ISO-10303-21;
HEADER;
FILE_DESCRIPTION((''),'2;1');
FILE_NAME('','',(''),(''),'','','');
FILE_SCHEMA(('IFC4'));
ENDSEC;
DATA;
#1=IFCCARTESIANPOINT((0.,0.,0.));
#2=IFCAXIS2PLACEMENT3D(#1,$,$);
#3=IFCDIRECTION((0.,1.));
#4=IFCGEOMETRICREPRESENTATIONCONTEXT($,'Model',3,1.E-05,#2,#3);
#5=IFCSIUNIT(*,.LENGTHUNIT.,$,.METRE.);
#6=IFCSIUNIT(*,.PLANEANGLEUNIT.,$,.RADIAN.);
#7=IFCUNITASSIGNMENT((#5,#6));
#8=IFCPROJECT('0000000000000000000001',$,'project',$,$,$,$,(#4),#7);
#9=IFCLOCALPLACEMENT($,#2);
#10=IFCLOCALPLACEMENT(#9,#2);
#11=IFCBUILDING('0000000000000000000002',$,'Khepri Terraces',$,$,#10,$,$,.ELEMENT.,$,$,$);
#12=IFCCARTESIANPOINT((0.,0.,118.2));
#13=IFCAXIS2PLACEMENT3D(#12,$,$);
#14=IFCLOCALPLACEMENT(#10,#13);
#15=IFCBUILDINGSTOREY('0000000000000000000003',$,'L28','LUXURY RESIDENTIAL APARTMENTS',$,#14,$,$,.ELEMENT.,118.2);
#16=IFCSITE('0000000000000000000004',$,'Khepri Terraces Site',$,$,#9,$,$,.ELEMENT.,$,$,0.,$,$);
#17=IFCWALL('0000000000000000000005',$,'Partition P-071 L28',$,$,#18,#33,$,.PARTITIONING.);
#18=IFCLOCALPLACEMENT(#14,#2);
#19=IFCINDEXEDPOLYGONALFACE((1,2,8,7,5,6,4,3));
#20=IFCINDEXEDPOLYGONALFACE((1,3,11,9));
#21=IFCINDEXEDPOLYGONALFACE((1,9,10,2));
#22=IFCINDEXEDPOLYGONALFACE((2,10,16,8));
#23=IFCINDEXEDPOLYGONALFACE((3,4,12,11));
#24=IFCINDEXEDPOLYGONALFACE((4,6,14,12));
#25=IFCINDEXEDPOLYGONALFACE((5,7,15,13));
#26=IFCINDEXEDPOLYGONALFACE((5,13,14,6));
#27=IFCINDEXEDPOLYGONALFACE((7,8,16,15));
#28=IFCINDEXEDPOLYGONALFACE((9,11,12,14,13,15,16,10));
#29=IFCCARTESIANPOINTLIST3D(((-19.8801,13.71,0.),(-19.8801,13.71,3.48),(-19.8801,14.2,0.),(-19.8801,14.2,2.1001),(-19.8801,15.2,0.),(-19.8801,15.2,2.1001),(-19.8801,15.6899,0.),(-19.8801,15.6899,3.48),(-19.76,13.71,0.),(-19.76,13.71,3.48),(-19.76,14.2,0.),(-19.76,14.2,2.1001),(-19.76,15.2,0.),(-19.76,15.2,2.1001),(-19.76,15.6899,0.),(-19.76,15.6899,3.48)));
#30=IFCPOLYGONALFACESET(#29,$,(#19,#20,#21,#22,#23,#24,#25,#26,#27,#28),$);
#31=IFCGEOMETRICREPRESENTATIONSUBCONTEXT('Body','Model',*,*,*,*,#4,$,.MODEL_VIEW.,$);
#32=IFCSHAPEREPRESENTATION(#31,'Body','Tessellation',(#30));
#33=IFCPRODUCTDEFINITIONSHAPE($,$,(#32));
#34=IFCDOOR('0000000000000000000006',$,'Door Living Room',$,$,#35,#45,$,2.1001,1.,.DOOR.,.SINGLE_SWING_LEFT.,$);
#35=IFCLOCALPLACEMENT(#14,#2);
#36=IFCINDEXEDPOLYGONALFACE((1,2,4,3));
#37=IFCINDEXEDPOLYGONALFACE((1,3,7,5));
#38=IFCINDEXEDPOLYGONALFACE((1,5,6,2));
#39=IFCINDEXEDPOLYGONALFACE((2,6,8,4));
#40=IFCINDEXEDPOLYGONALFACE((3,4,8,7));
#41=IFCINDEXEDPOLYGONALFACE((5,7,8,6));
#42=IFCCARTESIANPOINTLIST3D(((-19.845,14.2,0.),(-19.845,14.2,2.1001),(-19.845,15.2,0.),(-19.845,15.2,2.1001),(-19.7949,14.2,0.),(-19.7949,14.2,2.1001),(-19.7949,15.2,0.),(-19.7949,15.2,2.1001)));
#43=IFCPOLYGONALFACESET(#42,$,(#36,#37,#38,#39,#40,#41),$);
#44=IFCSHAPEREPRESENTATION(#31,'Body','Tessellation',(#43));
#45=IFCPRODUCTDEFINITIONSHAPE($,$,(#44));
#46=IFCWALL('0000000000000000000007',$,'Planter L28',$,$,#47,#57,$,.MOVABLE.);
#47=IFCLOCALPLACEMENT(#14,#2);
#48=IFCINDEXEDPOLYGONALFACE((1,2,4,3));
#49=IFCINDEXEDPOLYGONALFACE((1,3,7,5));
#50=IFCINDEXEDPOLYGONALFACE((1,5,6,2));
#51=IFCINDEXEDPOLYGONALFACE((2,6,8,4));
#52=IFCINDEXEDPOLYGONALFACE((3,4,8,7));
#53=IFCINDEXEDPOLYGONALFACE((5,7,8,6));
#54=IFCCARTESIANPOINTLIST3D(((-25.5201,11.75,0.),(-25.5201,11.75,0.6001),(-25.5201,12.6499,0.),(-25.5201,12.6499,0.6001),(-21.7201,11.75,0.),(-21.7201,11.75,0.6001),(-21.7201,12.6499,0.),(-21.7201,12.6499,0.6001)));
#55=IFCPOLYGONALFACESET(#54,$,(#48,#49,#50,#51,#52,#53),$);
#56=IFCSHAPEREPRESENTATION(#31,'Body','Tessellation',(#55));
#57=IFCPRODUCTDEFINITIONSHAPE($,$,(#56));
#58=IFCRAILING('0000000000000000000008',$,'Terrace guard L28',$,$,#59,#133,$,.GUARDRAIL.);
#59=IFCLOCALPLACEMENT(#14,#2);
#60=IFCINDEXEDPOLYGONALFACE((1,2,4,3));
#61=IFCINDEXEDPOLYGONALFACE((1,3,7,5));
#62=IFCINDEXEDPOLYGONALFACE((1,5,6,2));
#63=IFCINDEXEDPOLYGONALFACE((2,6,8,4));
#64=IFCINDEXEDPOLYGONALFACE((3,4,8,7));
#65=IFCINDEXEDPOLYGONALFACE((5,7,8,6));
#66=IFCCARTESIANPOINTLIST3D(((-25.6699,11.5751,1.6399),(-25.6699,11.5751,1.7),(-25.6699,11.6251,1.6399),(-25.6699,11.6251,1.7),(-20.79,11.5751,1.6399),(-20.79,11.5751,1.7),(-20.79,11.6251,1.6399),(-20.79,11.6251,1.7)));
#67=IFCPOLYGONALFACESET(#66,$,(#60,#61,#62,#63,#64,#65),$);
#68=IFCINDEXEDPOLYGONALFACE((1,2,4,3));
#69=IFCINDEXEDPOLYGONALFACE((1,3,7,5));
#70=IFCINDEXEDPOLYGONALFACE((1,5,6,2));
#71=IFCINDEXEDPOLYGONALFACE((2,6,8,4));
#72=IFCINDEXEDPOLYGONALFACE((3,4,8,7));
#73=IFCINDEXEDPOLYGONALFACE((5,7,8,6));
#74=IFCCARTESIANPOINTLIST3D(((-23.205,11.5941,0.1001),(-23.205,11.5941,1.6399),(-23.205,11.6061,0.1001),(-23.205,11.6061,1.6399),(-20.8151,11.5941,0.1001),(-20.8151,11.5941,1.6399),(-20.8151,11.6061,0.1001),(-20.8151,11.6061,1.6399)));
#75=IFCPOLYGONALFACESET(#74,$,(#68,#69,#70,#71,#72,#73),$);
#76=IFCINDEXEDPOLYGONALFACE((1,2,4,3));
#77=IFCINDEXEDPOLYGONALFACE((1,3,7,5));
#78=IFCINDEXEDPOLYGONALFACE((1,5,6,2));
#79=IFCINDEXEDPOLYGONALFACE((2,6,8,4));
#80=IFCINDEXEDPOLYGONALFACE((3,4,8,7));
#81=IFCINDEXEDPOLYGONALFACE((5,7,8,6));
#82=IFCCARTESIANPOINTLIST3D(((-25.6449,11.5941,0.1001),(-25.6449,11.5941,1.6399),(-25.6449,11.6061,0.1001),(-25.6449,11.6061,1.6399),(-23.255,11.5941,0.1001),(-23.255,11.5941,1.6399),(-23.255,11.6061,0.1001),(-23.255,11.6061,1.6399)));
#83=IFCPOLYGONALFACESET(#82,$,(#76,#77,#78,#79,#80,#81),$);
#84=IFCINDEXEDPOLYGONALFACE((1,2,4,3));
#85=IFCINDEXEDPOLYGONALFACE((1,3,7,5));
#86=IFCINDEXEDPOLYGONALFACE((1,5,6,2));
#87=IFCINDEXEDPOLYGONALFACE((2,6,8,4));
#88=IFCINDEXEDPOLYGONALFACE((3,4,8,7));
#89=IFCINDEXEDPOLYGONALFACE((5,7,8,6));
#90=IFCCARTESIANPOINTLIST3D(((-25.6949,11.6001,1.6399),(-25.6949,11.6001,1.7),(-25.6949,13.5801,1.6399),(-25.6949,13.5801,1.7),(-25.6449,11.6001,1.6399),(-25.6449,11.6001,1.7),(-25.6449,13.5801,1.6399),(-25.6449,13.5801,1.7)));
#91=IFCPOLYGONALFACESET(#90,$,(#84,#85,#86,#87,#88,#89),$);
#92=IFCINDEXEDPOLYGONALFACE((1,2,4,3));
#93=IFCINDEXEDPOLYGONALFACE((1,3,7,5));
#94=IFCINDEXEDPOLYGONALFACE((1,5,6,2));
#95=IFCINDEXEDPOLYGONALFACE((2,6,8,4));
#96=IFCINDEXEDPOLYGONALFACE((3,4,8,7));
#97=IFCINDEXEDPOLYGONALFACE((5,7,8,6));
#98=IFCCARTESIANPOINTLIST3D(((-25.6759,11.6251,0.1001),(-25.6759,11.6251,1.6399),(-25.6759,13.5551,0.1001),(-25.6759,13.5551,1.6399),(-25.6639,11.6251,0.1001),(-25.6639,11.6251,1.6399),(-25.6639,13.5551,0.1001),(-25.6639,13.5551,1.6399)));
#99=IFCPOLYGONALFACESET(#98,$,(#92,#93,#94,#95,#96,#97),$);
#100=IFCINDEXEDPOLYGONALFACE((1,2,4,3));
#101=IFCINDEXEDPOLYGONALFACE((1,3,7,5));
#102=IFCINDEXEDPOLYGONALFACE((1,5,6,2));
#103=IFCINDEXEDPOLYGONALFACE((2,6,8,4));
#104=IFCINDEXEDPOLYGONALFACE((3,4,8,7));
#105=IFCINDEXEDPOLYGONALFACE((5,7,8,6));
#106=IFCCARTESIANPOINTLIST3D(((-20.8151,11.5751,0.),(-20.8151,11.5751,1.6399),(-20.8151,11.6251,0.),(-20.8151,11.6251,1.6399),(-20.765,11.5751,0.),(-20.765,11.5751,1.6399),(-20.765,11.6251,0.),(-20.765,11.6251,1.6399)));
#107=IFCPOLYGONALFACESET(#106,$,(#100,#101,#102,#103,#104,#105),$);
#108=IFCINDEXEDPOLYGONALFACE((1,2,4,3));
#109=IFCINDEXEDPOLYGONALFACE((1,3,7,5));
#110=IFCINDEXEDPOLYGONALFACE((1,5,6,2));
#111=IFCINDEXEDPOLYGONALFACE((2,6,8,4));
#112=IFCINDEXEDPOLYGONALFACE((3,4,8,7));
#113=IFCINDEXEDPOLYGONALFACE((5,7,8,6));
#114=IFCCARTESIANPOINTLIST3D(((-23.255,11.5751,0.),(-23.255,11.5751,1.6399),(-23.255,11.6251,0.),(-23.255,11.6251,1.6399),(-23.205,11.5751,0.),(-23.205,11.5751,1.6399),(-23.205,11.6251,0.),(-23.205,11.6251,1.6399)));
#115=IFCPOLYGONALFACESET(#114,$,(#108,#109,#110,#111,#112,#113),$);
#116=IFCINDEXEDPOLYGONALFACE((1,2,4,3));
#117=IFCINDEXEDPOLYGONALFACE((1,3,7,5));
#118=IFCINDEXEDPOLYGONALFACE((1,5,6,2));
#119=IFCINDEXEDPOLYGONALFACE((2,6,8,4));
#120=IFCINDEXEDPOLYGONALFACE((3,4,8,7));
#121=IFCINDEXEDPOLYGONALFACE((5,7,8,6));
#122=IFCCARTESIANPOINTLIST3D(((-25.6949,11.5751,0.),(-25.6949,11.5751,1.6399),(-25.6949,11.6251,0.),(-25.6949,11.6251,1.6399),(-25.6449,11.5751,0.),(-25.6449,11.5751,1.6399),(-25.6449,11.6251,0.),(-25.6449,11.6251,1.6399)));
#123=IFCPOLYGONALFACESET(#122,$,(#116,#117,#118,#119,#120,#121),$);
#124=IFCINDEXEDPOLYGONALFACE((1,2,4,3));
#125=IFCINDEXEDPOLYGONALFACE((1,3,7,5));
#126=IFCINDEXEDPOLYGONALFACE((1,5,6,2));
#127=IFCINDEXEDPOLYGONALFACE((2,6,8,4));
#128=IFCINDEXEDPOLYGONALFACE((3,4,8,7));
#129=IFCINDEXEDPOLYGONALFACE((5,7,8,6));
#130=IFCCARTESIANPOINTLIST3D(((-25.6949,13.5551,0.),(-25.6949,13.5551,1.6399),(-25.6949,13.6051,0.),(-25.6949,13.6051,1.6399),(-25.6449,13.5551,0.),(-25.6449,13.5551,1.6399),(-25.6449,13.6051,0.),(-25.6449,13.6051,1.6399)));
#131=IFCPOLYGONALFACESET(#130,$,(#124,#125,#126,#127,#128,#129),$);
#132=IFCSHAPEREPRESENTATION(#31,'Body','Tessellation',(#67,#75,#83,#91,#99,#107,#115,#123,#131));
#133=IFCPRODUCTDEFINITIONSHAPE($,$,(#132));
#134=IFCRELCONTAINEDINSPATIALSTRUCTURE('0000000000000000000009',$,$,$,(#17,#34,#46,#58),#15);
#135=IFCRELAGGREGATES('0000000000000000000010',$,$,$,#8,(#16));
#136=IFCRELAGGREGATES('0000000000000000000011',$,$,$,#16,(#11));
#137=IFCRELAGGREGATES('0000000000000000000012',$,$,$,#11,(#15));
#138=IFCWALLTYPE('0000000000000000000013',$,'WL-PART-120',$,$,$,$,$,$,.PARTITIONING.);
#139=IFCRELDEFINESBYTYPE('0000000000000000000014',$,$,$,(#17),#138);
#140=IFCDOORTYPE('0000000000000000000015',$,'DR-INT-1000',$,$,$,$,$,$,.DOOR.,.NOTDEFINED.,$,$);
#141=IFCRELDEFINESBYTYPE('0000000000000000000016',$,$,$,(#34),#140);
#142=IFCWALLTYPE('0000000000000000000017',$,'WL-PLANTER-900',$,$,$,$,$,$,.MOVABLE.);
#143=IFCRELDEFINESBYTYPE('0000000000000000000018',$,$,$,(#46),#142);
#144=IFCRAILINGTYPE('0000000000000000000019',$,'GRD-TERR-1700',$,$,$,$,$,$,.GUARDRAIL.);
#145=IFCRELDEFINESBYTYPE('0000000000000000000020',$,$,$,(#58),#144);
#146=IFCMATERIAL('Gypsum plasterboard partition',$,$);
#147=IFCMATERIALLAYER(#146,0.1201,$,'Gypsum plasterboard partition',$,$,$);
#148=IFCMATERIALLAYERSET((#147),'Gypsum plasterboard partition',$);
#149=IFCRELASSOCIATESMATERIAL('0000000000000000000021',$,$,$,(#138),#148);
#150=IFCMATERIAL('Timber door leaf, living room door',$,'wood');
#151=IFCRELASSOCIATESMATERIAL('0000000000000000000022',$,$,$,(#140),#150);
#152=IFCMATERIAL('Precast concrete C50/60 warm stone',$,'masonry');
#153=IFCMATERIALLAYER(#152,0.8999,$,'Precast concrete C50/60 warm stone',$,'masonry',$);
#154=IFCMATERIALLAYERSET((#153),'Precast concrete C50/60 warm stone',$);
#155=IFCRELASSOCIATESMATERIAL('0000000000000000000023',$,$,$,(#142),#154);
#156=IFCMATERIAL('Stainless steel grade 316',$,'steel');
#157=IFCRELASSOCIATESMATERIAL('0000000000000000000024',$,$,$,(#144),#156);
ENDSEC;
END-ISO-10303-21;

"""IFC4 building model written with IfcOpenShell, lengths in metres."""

from ifc_helpers import new_model, si_unit, direction, frame, frame_2d, origin, origin_2d, place, context, subcontext, project, spatial, rectangle, extrude, material, layer, layer_set, type_object, element, fill, save


model = new_model("IFC4")

# Units and contexts
model_context = context("Model", 3, precision=1e-05, world=origin(), true_north=direction((0.0, 1.0)))
body_context = subcontext(model_context, "Body", "Model", "MODEL_VIEW")
ifc_project = project(units=[si_unit("LENGTHUNIT", "METRE"), si_unit("PLANEANGLEUNIT", "RADIAN")], contexts=[model_context])

# Site, building, storey
site_placement = place(None, origin())
site = spatial("IfcSite", under=ifc_project, at=site_placement, Name="Khepri Terraces Site", CompositionType="ELEMENT", RefElevation=0.0)
building_placement = place(site_placement, origin())
building = spatial("IfcBuilding", under=site, at=building_placement, Name="Khepri Terraces", CompositionType="ELEMENT")
storey_placement = place(building_placement, frame((0.0, 0.0, 118.2)))
storey = spatial("IfcBuildingStorey", under=building, at=storey_placement, Name="L28", Description="LUXURY RESIDENTIAL APARTMENTS", CompositionType="ELEMENT", Elevation=118.2)

# Shared definitions
ifc_material_1 = material(Name="Precast concrete C50/60 warm stone", Category="masonry")

# Shared definitions
ifc_material_2 = material(Name="Gypsum plasterboard partition")
ifc_layer_1 = layer(ifc_material_2, 0.1201, Name="Gypsum plasterboard partition")
ifc_layer_set_1 = layer_set([ifc_layer_1], Name="Gypsum plasterboard partition")
wall_type_1 = type_object("IfcWallType", Name="WL-PART-120", PredefinedType="PARTITIONING", material=ifc_layer_set_1)

# Wall, opening, door
wall_1_placement = place(storey_placement, frame((-19.8201, 13.71, 0.0), z_axis=(0.0, 0.0, 1.0), x_axis=(0.0, 1.0, 0.0)))
wall_1 = element("IfcWall", 1, at=wall_1_placement, inside=storey, type_object=wall_type_1, Name="Partition P-071 L28", PredefinedType="PARTITIONING", context=body_context, shape_type="SweptSolid", body=[
    extrude(rectangle(XDim=1.98, YDim=0.1201, at=frame_2d((0.99, 0.0))), origin(), (0.0, 0.0, 1.0), 3.48),
])
opening_1_placement = place(wall_1_placement, frame((0.49, 0.0, 0.0)))
opening_1 = element("IfcOpeningElement", 2, at=opening_1_placement, cuts=wall_1, PredefinedType="OPENING", context=body_context, shape_type="SweptSolid", body=[
    extrude(rectangle(XDim=1.0, YDim=2.1001, at=frame_2d((0.5, 1.05))), frame((0.0, 0.0701, 0.0), z_axis=(0.0, -1.0, 0.0), x_axis=(1.0, 0.0, 0.0)), (0.0, 0.0, 1.0), 0.1401),
])
ifc_material_3 = material(Name="Timber door leaf, living room door", Category="wood")
door_type_1 = type_object("IfcDoorType", Name="DR-INT-1000", OperationType="NOTDEFINED", PredefinedType="DOOR", material=ifc_material_3)
door_1_placement = place(opening_1_placement, origin())
door_1 = element("IfcDoor", 3, at=door_1_placement, inside=storey, type_object=door_type_1, Name="Door Living Room", OperationType="SINGLE_SWING_LEFT", OverallHeight=2.1001, OverallWidth=1.0, PredefinedType="DOOR", context=body_context, shape_type="SweptSolid", body=[
    extrude(rectangle(XDim=1.0, YDim=2.1001, at=frame_2d((0.5, 1.05))), frame((0.0, 0.0249, 0.0), z_axis=(0.0, -1.0, 0.0), x_axis=(1.0, 0.0, 0.0)), (0.0, 0.0, 1.0), 0.05),
])
fill(opening_1, door_1)

# Wall
ifc_layer_2 = layer(ifc_material_1, 0.8999, Name="Precast concrete C50/60 warm stone", Category="masonry")
ifc_layer_set_2 = layer_set([ifc_layer_2], Name="Precast concrete C50/60 warm stone")
wall_type_2 = type_object("IfcWallType", Name="WL-PLANTER-900", PredefinedType="MOVABLE", material=ifc_layer_set_2)
wall_2_placement = place(storey_placement, frame((-25.52, 12.2, 0.0), z_axis=(0.0, 0.0, 1.0), x_axis=(1.0, 0.0, 0.0)))
element("IfcWall", 4, at=wall_2_placement, inside=storey, type_object=wall_type_2, Name="Planter L28", PredefinedType="MOVABLE", context=body_context, shape_type="SweptSolid", body=[
    extrude(rectangle(XDim=3.8, YDim=0.8999, at=frame_2d((1.8999, 0.0))), origin(), (0.0, 0.0, 1.0), 0.6001),
])

# Railing
ifc_material_4 = material(Name="Stainless steel grade 316", Category="steel")
railing_type = type_object("IfcRailingType", Name="GRD-TERR-1700", PredefinedType="GUARDRAIL", material=ifc_material_4)
railing_placement = place(storey_placement, frame((-20.79, 11.6001, 0.0)))
element("IfcRailing", 5, at=railing_placement, inside=storey, type_object=railing_type, Name="Terrace guard L28", PredefinedType="GUARDRAIL", context=body_context, shape_type="SweptSolid", body=[
    extrude(rectangle(XDim=0.05, YDim=0.0601, at=origin_2d()), frame((0.0, 0.0, 1.6699), z_axis=(-1.0, 0.0, 0.0), x_axis=(0.0, -1.0, 0.0)), (0.0, 0.0, 1.0), 4.8799),
    extrude(rectangle(XDim=2.3899, YDim=0.012, at=origin_2d()), frame((-1.22, 0.0, 0.1001), z_axis=(0.0, 0.0, 1.0), x_axis=(-1.0, 0.0, 0.0)), (0.0, 0.0, 1.0), 1.5398),
    extrude(rectangle(XDim=2.3899, YDim=0.012, at=origin_2d()), frame((-3.6599, 0.0, 0.1001), z_axis=(0.0, 0.0, 1.0), x_axis=(-1.0, 0.0, 0.0)), (0.0, 0.0, 1.0), 1.5398),
    extrude(rectangle(XDim=0.05, YDim=0.0601, at=origin_2d()), frame((-4.8799, 0.0, 1.6699), z_axis=(0.0, 1.0, 0.0), x_axis=(-1.0, 0.0, 0.0)), (0.0, 0.0, 1.0), 1.98),
    extrude(rectangle(XDim=1.9299, YDim=0.012, at=origin_2d()), frame((-4.8799, 0.99, 0.1001), z_axis=(0.0, 0.0, 1.0), x_axis=(0.0, 1.0, 0.0)), (0.0, 0.0, 1.0), 1.5398),
    extrude(rectangle(XDim=0.05, YDim=0.05, at=origin_2d()), origin(), (0.0, 0.0, 1.0), 1.6399),
    extrude(rectangle(XDim=0.05, YDim=0.05, at=origin_2d()), frame((-2.4399, 0.0, 0.0)), (0.0, 0.0, 1.0), 1.6399),
    extrude(rectangle(XDim=0.05, YDim=0.05, at=origin_2d()), frame((-4.8799, 0.0, 0.0)), (0.0, 0.0, 1.0), 1.6399),
    extrude(rectangle(XDim=0.05, YDim=0.05, at=origin_2d()), frame((-4.8799, 1.98, 0.0)), (0.0, 0.0, 1.0), 1.6399),
])

save(model, "model.ifc")
